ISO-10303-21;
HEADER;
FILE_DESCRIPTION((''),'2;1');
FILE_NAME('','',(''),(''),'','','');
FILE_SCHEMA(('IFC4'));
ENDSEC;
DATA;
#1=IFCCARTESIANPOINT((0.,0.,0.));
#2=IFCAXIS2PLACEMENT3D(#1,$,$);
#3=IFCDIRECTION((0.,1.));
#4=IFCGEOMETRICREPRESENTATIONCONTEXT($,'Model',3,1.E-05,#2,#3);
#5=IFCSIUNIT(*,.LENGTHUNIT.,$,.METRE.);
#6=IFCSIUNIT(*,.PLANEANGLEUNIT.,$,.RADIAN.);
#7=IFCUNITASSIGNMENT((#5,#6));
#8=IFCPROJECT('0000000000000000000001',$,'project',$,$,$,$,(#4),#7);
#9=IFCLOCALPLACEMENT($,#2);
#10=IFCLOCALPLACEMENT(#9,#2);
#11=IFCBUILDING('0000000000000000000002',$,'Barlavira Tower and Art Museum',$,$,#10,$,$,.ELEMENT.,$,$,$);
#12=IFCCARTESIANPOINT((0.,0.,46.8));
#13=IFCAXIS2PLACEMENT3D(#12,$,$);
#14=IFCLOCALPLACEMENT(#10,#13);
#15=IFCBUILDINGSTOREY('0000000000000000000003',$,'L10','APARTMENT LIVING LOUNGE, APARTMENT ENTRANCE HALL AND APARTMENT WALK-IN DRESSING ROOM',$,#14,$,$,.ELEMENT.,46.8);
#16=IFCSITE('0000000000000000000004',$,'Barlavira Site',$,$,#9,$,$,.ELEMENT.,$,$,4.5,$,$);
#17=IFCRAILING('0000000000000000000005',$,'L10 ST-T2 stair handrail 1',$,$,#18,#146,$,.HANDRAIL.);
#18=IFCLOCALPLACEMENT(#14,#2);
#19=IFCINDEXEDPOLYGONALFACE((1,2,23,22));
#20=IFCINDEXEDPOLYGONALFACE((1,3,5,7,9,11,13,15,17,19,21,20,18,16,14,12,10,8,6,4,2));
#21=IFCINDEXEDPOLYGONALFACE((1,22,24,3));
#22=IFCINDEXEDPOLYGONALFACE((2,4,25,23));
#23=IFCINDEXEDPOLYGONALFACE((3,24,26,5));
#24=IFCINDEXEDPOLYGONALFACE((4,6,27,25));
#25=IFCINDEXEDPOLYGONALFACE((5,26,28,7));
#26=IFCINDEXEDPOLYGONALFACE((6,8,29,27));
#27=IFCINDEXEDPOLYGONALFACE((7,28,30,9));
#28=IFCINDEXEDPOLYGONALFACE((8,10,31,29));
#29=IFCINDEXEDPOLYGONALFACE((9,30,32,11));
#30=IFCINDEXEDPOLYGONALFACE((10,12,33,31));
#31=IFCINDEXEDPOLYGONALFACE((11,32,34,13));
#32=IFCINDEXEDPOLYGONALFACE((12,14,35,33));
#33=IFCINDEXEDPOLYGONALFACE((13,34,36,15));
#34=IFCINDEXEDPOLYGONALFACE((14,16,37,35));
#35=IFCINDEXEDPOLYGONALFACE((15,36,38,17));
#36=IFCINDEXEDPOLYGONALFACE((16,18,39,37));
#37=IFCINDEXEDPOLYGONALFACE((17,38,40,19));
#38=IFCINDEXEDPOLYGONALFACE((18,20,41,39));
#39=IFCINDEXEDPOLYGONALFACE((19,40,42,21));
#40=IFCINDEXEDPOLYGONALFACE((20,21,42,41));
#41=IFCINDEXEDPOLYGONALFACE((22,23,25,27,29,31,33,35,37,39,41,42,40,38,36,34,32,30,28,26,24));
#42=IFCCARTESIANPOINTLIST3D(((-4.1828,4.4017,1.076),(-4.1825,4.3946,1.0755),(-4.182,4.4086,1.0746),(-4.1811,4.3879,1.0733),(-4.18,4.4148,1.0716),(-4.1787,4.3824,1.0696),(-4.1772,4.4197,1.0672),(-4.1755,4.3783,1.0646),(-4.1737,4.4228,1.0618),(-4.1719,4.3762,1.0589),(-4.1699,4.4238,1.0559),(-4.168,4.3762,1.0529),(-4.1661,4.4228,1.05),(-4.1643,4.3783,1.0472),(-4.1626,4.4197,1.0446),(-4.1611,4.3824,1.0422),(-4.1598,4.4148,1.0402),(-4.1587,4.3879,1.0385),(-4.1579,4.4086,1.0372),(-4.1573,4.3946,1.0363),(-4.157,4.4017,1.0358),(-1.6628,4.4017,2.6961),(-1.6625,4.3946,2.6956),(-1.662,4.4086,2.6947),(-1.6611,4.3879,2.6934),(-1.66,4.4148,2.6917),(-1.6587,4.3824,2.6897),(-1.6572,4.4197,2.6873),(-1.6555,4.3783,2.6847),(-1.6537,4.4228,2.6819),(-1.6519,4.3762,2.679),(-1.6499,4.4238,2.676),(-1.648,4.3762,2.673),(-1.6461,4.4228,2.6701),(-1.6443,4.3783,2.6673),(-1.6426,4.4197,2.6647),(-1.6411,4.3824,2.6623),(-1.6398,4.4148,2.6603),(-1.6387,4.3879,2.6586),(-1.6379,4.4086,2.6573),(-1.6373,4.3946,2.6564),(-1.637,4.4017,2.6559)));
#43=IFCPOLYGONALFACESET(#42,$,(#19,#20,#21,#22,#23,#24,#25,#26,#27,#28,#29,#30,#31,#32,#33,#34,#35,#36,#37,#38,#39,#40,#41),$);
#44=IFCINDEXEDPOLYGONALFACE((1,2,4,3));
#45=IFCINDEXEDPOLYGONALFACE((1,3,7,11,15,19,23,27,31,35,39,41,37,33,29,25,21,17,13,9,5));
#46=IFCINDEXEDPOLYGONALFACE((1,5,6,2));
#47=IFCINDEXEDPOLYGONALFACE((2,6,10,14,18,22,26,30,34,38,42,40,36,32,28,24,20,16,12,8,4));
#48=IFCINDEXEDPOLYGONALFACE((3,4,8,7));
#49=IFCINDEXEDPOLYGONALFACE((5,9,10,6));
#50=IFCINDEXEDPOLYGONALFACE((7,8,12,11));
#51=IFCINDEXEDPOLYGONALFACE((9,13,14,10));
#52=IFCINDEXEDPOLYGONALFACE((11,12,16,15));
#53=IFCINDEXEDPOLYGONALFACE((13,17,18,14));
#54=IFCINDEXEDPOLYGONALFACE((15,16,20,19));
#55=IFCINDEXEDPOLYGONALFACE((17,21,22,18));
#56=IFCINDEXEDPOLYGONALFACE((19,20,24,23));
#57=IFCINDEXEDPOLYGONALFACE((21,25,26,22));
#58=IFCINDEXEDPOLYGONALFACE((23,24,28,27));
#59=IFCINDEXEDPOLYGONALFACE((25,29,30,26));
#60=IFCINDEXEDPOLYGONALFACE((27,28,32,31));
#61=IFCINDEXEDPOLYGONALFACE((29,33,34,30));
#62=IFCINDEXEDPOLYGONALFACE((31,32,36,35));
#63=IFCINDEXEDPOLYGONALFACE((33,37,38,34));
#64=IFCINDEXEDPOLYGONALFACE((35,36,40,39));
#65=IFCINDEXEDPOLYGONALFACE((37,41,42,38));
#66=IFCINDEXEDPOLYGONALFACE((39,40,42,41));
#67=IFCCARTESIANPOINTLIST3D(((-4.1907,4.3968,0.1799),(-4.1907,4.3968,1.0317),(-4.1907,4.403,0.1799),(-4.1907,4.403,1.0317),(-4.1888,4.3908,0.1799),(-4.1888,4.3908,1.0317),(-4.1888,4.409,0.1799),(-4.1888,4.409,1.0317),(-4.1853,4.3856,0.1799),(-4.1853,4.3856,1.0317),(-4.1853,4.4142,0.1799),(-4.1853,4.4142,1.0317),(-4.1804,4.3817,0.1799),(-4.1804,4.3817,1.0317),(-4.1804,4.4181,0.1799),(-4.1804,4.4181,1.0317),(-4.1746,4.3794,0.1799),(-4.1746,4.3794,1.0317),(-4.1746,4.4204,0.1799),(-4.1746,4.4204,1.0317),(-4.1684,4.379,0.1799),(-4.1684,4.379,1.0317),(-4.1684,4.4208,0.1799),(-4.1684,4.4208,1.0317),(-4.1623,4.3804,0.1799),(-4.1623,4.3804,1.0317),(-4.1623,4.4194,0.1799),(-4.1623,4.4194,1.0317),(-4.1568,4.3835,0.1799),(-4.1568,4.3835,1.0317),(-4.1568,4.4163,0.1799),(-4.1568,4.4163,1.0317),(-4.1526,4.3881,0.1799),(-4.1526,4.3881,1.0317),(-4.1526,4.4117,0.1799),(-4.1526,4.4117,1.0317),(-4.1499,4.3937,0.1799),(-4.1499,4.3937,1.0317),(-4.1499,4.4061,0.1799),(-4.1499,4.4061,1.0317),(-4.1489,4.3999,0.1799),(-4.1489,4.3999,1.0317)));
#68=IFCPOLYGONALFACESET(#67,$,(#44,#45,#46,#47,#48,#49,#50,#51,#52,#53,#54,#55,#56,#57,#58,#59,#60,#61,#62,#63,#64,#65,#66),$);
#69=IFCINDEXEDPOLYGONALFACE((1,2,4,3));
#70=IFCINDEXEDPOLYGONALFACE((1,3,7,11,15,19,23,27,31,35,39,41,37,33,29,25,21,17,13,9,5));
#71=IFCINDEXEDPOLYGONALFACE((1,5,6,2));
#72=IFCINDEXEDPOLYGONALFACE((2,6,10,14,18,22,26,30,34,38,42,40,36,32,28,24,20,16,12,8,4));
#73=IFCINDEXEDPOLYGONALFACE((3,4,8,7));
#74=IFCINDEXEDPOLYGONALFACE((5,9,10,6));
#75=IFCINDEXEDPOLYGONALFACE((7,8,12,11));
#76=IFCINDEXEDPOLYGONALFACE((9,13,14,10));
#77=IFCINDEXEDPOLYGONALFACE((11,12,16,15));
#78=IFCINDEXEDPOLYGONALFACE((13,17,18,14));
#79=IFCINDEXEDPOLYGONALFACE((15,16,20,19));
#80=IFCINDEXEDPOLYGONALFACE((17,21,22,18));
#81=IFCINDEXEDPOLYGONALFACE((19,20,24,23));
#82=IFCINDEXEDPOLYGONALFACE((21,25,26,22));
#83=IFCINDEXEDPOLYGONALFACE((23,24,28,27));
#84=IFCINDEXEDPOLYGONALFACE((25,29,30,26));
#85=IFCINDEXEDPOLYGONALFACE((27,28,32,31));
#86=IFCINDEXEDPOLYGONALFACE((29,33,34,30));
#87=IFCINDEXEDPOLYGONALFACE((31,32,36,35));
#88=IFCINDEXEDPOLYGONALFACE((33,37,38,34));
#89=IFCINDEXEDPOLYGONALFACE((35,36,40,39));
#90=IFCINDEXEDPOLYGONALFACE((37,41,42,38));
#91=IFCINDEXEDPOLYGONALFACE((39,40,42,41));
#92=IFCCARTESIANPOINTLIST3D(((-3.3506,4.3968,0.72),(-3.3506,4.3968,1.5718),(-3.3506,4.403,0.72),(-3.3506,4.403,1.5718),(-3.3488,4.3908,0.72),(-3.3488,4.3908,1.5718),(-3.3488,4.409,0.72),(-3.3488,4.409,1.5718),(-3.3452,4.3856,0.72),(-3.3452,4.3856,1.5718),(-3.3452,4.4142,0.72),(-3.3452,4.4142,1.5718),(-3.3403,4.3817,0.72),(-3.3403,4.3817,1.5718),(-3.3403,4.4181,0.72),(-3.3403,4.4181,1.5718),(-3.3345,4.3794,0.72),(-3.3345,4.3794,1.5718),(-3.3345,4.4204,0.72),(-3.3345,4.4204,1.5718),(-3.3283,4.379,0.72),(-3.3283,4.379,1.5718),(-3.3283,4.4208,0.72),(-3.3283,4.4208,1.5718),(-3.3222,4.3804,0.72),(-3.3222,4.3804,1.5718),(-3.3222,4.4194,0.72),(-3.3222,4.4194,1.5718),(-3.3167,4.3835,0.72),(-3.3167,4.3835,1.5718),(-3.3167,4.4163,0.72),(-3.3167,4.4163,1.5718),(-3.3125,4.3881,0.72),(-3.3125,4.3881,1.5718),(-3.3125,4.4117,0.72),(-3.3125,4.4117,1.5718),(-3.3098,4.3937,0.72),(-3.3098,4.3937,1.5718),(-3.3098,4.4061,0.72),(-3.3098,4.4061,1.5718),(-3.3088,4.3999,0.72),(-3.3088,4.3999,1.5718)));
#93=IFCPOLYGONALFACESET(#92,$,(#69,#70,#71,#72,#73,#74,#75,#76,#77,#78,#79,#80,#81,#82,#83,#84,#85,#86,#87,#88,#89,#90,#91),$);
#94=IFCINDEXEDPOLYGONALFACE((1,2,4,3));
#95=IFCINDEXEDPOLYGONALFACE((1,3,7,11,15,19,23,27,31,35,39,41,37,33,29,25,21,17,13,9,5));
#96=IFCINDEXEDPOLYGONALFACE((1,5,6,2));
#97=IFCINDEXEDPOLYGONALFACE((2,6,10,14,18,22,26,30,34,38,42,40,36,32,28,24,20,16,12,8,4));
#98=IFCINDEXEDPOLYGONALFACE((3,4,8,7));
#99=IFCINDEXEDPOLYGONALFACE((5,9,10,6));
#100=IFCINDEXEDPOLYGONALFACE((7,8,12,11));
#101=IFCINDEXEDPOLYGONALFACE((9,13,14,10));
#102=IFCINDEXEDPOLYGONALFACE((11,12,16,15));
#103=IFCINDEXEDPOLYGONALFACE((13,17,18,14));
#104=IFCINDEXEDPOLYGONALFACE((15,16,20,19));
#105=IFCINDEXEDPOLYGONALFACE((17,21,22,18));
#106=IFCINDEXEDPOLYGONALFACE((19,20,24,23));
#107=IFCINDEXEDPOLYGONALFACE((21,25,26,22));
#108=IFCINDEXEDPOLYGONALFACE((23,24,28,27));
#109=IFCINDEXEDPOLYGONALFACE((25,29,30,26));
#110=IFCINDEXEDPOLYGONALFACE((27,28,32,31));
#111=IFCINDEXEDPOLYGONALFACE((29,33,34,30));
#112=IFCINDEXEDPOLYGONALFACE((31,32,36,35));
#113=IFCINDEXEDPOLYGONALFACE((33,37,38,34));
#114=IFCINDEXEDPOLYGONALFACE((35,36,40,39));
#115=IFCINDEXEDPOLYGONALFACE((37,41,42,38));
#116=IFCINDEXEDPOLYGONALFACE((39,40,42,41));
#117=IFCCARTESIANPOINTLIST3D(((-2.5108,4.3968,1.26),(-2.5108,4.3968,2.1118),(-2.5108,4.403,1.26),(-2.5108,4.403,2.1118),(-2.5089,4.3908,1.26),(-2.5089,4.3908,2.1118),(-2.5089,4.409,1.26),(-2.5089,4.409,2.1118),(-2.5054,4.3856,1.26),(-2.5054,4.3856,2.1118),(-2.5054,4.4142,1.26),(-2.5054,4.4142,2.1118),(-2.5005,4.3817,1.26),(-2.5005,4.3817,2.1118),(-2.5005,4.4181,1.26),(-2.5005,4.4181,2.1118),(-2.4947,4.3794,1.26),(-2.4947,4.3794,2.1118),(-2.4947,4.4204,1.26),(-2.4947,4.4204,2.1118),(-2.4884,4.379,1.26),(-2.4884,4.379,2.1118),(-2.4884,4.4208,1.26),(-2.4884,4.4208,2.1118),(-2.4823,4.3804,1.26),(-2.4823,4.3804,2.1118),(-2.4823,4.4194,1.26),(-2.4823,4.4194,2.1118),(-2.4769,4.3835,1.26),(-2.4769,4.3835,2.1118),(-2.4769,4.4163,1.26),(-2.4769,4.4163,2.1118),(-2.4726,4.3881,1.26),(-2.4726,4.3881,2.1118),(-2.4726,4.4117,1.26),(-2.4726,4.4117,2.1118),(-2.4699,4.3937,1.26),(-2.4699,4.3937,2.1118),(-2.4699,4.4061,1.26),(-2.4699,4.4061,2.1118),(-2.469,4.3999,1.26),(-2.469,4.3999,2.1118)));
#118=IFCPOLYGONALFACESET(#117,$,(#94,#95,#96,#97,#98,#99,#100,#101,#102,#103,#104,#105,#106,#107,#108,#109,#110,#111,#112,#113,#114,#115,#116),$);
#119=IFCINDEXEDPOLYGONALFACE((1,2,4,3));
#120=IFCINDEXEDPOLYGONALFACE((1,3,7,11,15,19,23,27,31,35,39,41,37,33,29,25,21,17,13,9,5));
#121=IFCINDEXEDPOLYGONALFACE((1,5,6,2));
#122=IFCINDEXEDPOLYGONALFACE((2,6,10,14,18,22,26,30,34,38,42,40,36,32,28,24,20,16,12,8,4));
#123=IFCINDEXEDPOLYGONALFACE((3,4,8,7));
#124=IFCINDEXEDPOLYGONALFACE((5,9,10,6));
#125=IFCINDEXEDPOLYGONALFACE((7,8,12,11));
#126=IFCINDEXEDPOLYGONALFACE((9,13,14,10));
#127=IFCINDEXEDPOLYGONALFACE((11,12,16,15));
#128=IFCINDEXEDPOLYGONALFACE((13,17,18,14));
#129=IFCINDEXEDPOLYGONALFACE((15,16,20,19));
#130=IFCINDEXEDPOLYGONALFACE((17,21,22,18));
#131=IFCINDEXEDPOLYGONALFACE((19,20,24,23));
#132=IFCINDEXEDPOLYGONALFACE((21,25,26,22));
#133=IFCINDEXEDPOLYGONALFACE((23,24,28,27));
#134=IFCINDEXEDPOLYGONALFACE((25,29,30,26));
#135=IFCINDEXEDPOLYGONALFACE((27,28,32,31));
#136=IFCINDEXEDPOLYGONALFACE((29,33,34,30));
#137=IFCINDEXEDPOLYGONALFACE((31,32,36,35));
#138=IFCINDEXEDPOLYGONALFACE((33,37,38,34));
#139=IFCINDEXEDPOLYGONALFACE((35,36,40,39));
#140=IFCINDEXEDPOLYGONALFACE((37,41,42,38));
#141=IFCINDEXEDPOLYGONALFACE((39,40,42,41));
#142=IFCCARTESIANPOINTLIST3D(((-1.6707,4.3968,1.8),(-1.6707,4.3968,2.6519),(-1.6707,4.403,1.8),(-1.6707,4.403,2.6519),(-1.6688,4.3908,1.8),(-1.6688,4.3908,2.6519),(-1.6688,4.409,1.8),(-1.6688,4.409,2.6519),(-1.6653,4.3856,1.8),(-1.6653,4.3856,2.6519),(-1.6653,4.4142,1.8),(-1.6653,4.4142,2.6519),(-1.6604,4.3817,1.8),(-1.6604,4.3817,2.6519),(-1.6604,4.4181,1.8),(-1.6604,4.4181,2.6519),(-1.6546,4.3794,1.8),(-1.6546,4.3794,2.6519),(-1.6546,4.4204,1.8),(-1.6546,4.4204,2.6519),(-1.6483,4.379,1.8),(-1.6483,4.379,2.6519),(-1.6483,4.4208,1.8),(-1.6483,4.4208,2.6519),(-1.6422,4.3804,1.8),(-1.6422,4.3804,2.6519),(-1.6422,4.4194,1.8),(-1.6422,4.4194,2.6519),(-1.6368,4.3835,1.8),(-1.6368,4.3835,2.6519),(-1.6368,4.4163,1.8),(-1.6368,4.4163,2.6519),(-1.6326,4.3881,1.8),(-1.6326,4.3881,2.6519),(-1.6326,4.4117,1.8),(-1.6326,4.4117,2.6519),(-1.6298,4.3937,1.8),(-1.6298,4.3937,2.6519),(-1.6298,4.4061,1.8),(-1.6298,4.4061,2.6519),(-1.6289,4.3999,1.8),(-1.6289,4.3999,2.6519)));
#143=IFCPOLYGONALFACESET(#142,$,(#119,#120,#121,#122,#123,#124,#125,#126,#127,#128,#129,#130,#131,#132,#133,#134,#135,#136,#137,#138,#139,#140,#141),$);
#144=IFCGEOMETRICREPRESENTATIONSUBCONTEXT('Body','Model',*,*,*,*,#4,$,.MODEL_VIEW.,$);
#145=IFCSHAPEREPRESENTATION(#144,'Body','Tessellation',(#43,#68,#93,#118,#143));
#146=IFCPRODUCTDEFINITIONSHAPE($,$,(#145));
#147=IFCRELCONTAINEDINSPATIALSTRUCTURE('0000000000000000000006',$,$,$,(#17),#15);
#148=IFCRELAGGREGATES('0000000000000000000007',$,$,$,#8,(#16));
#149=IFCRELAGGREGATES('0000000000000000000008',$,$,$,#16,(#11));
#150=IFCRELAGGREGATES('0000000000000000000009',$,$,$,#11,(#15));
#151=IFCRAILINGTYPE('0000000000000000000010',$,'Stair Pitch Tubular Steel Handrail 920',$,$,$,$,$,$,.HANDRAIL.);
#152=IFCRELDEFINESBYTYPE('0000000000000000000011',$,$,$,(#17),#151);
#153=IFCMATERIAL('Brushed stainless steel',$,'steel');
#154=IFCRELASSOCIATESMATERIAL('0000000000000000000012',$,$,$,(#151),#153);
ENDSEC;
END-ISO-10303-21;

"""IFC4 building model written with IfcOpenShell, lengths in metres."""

from ifc_helpers import new_model, si_unit, direction, frame, origin, origin_2d, place, context, subcontext, project, spatial, circle, extrude, material, type_object, element, save


model = new_model("IFC4")

# Units and contexts
model_context = context("Model", 3, precision=1e-05, world=origin(), true_north=direction((0.0, 1.0)))
body_context = subcontext(model_context, "Body", "Model", "MODEL_VIEW")
ifc_project = project(units=[si_unit("LENGTHUNIT", "METRE"), si_unit("PLANEANGLEUNIT", "RADIAN")], contexts=[model_context])

# Site, building, storey
site_placement = place(None, origin())
site = spatial("IfcSite", under=ifc_project, at=site_placement, Name="Barlavira Site", CompositionType="ELEMENT", RefElevation=4.5)
building_placement = place(site_placement, origin())
building = spatial("IfcBuilding", under=site, at=building_placement, Name="Barlavira Tower and Art Museum", CompositionType="ELEMENT")
storey_placement = place(building_placement, frame((0.0, 0.0, 46.8)))
storey = spatial("IfcBuildingStorey", under=building, at=storey_placement, Name="L10", Description="APARTMENT LIVING LOUNGE, APARTMENT ENTRANCE HALL AND APARTMENT WALK-IN DRESSING ROOM", CompositionType="ELEMENT", Elevation=46.8)

# Shared definitions
ifc_material_1 = material(Name="Brushed stainless steel", Category="steel")

# Railing
railing_type_1 = type_object("IfcRailingType", Name="Stair Pitch Tubular Steel Handrail 920", PredefinedType="HANDRAIL", material=ifc_material_1)
railing_1_placement = place(storey_placement, frame((-4.1699, 4.3999, 0.1799)))
element("IfcRailing", 1, at=railing_1_placement, inside=storey, type_object=railing_type_1, Name="L10 ST-T2 stair handrail 1", PredefinedType="HANDRAIL", context=body_context, shape_type="SweptSolid", body=[
    extrude(circle(Radius=0.0239, at=origin_2d()), frame((0.0, 0.0, 0.876), z_axis=(0.841163, 0.0, 0.540782), x_axis=(0.0, 1.0, 0.0)), (0.0, 0.0, 1.0), 2.9958),
    extrude(circle(Radius=0.021, at=origin_2d()), origin(), (0.0, 0.0, 1.0), 0.8518),
    extrude(circle(Radius=0.021, at=origin_2d()), frame((0.8401, 0.0, 0.54)), (0.0, 0.0, 1.0), 0.8518),
    extrude(circle(Radius=0.021, at=origin_2d()), frame((1.6799, 0.0, 1.0801)), (0.0, 0.0, 1.0), 0.8518),
    extrude(circle(Radius=0.021, at=origin_2d()), frame((2.52, 0.0, 1.6201)), (0.0, 0.0, 1.0), 0.8518),
])

save(model, "model.ifc")
